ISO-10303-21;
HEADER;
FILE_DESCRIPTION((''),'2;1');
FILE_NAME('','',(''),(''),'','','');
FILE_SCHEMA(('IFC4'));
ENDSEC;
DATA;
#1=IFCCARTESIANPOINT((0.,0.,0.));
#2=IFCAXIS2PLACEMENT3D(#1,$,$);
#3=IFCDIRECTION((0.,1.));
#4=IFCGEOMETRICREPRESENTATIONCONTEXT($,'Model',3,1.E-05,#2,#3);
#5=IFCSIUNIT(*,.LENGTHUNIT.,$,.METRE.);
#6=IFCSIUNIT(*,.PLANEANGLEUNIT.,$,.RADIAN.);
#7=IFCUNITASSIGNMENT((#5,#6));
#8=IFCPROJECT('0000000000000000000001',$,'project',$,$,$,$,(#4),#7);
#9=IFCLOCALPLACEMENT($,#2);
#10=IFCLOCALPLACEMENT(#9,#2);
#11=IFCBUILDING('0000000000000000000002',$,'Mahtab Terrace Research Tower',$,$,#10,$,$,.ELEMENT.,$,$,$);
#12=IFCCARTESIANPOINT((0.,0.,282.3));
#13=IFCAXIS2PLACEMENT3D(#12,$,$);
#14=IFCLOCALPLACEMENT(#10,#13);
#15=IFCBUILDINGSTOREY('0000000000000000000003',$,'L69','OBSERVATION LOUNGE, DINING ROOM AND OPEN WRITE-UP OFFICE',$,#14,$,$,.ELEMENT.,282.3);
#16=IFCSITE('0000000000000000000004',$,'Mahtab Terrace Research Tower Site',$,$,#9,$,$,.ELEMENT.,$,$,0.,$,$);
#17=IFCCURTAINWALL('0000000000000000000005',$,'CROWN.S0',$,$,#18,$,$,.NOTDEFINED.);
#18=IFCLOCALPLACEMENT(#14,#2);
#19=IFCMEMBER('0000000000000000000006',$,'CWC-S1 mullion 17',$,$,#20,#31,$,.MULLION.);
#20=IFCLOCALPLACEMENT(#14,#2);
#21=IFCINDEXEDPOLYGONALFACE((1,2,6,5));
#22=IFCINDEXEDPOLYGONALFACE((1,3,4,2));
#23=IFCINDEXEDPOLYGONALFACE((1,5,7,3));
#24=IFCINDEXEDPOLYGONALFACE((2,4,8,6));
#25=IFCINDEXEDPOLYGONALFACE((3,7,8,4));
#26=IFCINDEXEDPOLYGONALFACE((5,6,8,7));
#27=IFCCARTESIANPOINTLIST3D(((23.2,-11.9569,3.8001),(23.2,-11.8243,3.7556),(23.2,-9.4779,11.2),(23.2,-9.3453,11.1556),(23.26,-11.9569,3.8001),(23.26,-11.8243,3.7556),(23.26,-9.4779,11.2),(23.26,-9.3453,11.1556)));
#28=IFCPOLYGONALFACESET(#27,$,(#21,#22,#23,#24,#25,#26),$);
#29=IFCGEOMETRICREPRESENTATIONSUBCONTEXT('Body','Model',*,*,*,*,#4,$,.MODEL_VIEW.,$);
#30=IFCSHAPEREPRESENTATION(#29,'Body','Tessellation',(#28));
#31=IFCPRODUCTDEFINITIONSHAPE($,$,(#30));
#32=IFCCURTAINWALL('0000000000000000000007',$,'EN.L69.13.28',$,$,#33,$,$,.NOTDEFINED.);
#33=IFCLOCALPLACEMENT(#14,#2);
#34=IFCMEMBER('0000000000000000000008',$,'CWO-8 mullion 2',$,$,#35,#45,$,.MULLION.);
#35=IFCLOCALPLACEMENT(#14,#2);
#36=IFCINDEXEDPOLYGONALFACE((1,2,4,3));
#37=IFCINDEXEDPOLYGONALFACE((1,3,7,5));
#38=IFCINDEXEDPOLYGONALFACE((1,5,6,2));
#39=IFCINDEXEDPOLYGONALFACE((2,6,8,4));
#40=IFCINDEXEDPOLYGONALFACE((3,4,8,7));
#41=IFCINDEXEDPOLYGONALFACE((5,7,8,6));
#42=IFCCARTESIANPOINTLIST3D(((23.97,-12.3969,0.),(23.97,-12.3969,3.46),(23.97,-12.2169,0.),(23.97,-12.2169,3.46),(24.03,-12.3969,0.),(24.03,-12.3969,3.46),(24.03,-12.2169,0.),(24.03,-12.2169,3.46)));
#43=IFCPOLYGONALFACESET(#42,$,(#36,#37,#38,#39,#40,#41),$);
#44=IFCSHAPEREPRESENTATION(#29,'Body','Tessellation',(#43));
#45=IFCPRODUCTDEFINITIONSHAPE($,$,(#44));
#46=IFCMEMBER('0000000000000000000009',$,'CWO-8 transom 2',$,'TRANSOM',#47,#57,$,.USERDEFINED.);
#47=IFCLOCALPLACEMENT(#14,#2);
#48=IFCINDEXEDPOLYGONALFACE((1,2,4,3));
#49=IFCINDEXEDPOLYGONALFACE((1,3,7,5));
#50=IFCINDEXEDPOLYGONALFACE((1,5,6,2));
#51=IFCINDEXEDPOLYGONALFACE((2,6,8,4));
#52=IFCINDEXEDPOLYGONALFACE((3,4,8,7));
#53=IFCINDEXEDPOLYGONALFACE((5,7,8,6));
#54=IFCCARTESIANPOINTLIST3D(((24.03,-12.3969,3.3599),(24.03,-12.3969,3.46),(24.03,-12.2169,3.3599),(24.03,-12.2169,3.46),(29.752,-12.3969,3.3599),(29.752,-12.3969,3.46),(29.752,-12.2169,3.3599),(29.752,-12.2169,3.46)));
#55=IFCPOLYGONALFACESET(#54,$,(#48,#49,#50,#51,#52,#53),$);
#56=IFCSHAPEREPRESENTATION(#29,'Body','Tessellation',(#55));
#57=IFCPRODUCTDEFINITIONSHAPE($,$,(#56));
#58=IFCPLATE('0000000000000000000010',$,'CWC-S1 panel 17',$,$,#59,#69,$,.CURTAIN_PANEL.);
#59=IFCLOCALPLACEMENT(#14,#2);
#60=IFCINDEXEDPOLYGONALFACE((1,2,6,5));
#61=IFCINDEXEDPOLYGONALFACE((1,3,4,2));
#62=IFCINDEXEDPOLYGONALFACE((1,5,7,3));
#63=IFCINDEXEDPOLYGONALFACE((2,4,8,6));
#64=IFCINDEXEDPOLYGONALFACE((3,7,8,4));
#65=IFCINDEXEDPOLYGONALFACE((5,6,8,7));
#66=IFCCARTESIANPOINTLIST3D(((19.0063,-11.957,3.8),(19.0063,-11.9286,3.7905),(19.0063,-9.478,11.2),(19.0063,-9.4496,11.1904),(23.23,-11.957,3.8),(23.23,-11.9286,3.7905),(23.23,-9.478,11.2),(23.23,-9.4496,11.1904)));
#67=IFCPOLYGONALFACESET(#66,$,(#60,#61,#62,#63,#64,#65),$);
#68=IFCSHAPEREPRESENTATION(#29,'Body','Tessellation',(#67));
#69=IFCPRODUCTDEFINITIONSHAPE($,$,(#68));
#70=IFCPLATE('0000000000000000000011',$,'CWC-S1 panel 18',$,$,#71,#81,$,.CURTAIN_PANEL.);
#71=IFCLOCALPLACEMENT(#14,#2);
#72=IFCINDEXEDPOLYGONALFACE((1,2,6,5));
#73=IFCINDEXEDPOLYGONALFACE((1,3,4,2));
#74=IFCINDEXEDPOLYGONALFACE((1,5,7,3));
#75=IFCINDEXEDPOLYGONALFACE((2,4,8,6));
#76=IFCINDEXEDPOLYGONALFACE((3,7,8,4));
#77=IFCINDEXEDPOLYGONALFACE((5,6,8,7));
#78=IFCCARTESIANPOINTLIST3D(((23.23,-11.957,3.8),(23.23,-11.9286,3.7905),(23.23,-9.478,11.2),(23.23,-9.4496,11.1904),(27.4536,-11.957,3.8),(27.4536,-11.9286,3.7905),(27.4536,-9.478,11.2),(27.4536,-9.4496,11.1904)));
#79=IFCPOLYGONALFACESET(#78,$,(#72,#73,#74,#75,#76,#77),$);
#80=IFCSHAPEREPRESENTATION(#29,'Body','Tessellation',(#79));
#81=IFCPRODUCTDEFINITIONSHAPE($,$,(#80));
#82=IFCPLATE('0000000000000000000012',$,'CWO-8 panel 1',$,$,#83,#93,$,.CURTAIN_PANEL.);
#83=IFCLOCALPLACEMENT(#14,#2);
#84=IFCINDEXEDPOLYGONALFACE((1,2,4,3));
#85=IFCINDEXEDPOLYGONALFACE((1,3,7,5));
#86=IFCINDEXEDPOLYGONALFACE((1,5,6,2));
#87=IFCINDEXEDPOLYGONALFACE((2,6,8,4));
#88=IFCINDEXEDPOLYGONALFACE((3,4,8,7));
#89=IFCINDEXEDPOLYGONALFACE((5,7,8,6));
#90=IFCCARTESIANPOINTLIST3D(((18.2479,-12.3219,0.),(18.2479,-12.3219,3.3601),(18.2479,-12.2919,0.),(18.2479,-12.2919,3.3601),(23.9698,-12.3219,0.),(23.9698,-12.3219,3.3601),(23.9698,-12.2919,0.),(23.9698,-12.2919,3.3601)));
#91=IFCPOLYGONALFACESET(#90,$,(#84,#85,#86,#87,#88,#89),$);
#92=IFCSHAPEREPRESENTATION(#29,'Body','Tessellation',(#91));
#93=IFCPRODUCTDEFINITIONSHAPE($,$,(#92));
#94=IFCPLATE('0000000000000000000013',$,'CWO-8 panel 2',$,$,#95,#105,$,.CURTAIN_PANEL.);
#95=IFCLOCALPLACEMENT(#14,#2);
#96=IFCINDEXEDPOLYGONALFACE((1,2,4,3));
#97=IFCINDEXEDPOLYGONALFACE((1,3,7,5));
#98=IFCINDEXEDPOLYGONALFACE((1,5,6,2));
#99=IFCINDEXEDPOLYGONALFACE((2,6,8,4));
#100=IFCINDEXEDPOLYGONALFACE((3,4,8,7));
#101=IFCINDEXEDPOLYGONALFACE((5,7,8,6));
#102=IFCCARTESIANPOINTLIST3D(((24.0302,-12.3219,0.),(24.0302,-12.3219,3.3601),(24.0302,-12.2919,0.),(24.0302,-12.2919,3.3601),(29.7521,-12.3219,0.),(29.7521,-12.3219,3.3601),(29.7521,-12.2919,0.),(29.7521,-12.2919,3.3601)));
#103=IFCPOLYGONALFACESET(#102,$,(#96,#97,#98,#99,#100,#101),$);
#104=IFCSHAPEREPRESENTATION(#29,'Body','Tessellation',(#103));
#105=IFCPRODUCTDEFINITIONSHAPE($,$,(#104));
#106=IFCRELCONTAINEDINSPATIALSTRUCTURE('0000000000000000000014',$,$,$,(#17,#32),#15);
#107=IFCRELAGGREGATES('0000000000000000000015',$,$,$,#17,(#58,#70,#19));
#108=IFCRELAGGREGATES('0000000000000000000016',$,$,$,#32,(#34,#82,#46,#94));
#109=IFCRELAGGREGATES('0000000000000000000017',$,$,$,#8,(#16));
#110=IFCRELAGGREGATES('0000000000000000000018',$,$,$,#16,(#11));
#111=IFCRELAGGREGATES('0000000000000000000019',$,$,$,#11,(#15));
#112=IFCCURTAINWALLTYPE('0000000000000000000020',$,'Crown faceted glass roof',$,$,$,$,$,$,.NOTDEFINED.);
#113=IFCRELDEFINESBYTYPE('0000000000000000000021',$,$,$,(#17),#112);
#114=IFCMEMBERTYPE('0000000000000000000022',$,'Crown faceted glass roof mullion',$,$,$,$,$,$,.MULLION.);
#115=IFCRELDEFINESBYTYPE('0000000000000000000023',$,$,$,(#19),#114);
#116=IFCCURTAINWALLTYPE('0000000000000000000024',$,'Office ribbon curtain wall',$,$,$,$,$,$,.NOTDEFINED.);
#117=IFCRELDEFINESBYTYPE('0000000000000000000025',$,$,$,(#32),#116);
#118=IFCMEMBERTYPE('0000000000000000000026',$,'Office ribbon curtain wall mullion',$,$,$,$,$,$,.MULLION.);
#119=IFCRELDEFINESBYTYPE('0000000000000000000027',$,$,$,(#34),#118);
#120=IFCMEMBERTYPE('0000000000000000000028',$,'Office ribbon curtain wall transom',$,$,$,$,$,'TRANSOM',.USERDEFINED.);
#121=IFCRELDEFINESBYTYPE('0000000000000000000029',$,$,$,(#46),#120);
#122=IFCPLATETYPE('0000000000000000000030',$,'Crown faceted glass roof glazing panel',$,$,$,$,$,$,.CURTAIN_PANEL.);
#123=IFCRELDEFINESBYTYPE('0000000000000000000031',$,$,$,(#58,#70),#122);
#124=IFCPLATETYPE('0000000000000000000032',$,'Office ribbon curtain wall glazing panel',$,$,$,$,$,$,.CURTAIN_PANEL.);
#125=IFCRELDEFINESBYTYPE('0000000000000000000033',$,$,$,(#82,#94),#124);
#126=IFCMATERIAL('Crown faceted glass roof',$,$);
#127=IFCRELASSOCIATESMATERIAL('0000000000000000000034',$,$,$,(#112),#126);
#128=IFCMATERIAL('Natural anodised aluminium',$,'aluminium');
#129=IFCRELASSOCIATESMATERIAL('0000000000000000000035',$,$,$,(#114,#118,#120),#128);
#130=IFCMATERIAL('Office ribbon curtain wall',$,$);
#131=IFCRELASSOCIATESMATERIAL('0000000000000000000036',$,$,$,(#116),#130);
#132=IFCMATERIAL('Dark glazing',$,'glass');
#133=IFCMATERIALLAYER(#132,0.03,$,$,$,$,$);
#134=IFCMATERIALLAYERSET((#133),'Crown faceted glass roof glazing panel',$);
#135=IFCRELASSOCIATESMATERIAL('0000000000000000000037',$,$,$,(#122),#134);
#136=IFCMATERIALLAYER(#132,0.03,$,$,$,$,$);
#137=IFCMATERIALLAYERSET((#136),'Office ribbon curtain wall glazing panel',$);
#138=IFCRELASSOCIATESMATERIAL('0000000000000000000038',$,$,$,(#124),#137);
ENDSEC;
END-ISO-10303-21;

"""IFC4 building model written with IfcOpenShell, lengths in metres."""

from ifc_helpers import new_model, si_unit, direction, frame, origin, origin_2d, place, context, subcontext, project, spatial, polyline, rectangle, outline, extrude, material, layer, layer_set, material_profile, profile_set, type_object, element, aggregate, save


model = new_model("IFC4")

# Units and contexts
model_context = context("Model", 3, precision=1e-05, world=origin(), true_north=direction((0.0, 1.0)))
body_context = subcontext(model_context, "Body", "Model", "MODEL_VIEW")
ifc_project = project(units=[si_unit("LENGTHUNIT", "METRE"), si_unit("PLANEANGLEUNIT", "RADIAN")], contexts=[model_context])

# Site, building, storey
site_placement = place(None, origin())
site = spatial("IfcSite", under=ifc_project, at=site_placement, Name="Mahtab Terrace Research Tower Site", CompositionType="ELEMENT", RefElevation=0.0)
building_placement = place(site_placement, origin())
building = spatial("IfcBuilding", under=site, at=building_placement, Name="Mahtab Terrace Research Tower", CompositionType="ELEMENT")
storey_placement = place(building_placement, frame((0.0, 0.0, 282.3)))
storey = spatial("IfcBuildingStorey", under=building, at=storey_placement, Name="L69", Description="OBSERVATION LOUNGE, DINING ROOM AND OPEN WRITE-UP OFFICE", CompositionType="ELEMENT", Elevation=282.3)

# Curtain wall, member
ifc_material_1 = material(Name="Crown faceted glass roof")
curtain_wall_type_1 = type_object("IfcCurtainWallType", Name="Crown faceted glass roof", PredefinedType="NOTDEFINED", material=ifc_material_1)
curtain_wall_1_placement = place(storey_placement, origin())
curtain_wall_1 = element("IfcCurtainWall", 1, at=curtain_wall_1_placement, inside=storey, type_object=curtain_wall_type_1, Name="CROWN.S0", PredefinedType="NOTDEFINED")
ifc_material_2 = material(Name="Natural anodised aluminium", Category="aluminium")
ifc_material_profile_1 = material_profile(ifc_material_2, rectangle(XDim=0.0601, YDim=0.1399, at=origin_2d()), Name="MULLION 60x140")
ifc_profile_set_1 = profile_set([ifc_material_profile_1], Name="Natural anodised aluminium")
member_type_1 = type_object("IfcMemberType", Name="Crown faceted glass roof mullion", PredefinedType="MULLION", material=ifc_profile_set_1)
member_1_placement = place(storey_placement, frame((23.23, -11.8906, 3.7778), z_axis=(0.0, 0.317654, 0.948207), x_axis=(-1.0, 0.0, 0.0)))
member_1 = element("IfcMember", 2, at=member_1_placement, type_object=member_type_1, Name="CWC-S1 mullion 17", PredefinedType="MULLION", context=body_context, shape_type="SweptSolid", body=[
    extrude(rectangle(XDim=0.0601, YDim=0.1399, at=origin_2d()), origin(), (0.0, 0.0, 1.0), 7.8042),
])

# Curtain wall, members
ifc_material_3 = material(Name="Office ribbon curtain wall")
curtain_wall_type_2 = type_object("IfcCurtainWallType", Name="Office ribbon curtain wall", PredefinedType="NOTDEFINED", material=ifc_material_3)
curtain_wall_2_placement = place(storey_placement, origin())
curtain_wall_2 = element("IfcCurtainWall", 3, at=curtain_wall_2_placement, inside=storey, type_object=curtain_wall_type_2, Name="EN.L69.13.28", PredefinedType="NOTDEFINED")
ifc_material_profile_2 = material_profile(ifc_material_2, rectangle(XDim=0.1799, YDim=0.0601, at=origin_2d()), Name="MULLION 60x180")
ifc_profile_set_2 = profile_set([ifc_material_profile_2], Name="Natural anodised aluminium")
member_type_2 = type_object("IfcMemberType", Name="Office ribbon curtain wall mullion", PredefinedType="MULLION", material=ifc_profile_set_2)
member_2_placement = place(storey_placement, frame((24.0, -12.3069, 0.0), z_axis=(0.0, 0.0, 1.0), x_axis=(0.0, 1.0, 0.0)))
member_2 = element("IfcMember", 4, at=member_2_placement, type_object=member_type_2, Name="CWO-8 mullion 2", PredefinedType="MULLION", context=body_context, shape_type="SweptSolid", body=[
    extrude(rectangle(XDim=0.1799, YDim=0.0601, at=origin_2d()), origin(), (0.0, 0.0, 1.0), 3.46),
])
ifc_material_profile_3 = material_profile(ifc_material_2, rectangle(XDim=0.1799, YDim=0.1001, at=origin_2d()), Name="TRANSOM 100x180")
ifc_profile_set_3 = profile_set([ifc_material_profile_3], Name="Natural anodised aluminium")
member_type_3 = type_object("IfcMemberType", Name="Office ribbon curtain wall transom", ElementType="TRANSOM", PredefinedType="USERDEFINED", material=ifc_profile_set_3)
member_3_placement = place(storey_placement, frame((24.03, -12.3069, 3.4099), z_axis=(1.0, 0.0, 0.0), x_axis=(0.0, 1.0, 0.0)))
member_3 = element("IfcMember", 5, at=member_3_placement, type_object=member_type_3, Name="CWO-8 transom 2", ObjectType="TRANSOM", PredefinedType="USERDEFINED", context=body_context, shape_type="SweptSolid", body=[
    extrude(rectangle(XDim=0.1799, YDim=0.1001, at=origin_2d()), origin(), (0.0, 0.0, 1.0), 5.7219),
])

# Plates
ifc_material_4 = material(Name="Dark glazing", Category="glass")
ifc_layer_1 = layer(ifc_material_4, 0.03)
ifc_layer_set_1 = layer_set([ifc_layer_1], Name="Crown faceted glass roof glazing panel")
plate_type_1 = type_object("IfcPlateType", Name="Crown faceted glass roof glazing panel", PredefinedType="CURTAIN_PANEL", material=ifc_layer_set_1)
plate_1_placement = place(storey_placement, frame((23.23, -11.957, 3.8), z_axis=(0.0, -0.948207, 0.317654), x_axis=(0.0, 0.317654, 0.948207)))
plate_1 = element("IfcPlate", 6, at=plate_1_placement, type_object=plate_type_1, Name="CWC-S1 panel 17", PredefinedType="CURTAIN_PANEL", context=body_context, shape_type="SweptSolid", body=[
    extrude(outline(polyline([(0.0, 0.0), (7.8041, 0.0), (7.8041, 4.2236), (0.0, 4.2236), (0.0, 0.0)])), origin(), (0.0, 0.0, -1.0), 0.03),
])
plate_2_placement = place(storey_placement, frame((27.4536, -11.957, 3.8), z_axis=(0.0, -0.948207, 0.317654), x_axis=(0.0, 0.317654, 0.948207)))
plate_2 = element("IfcPlate", 7, at=plate_2_placement, type_object=plate_type_1, Name="CWC-S1 panel 18", PredefinedType="CURTAIN_PANEL", context=body_context, shape_type="SweptSolid", body=[
    extrude(outline(polyline([(0.0, 0.0), (7.8041, 0.0), (7.8041, 4.2236), (0.0, 4.2236), (0.0, 0.0)])), origin(), (0.0, 0.0, -1.0), 0.03),
])
aggregate(curtain_wall_1, [plate_1, plate_2, member_1])
ifc_layer_2 = layer(ifc_material_4, 0.03)
ifc_layer_set_2 = layer_set([ifc_layer_2], Name="Office ribbon curtain wall glazing panel")
plate_type_2 = type_object("IfcPlateType", Name="Office ribbon curtain wall glazing panel", PredefinedType="CURTAIN_PANEL", material=ifc_layer_set_2)
plate_3_placement = place(storey_placement, frame((21.1089, -12.3069, 0.0), z_axis=(0.0, 0.0, 1.0), x_axis=(1.0, 0.0, 0.0)))
plate_3 = element("IfcPlate", 8, at=plate_3_placement, type_object=plate_type_2, Name="CWO-8 panel 1", PredefinedType="CURTAIN_PANEL", context=body_context, shape_type="SweptSolid", body=[
    extrude(rectangle(XDim=5.7219, YDim=0.03, at=origin_2d()), origin(), (0.0, 0.0, 1.0), 3.3601),
])
plate_4_placement = place(storey_placement, frame((26.8911, -12.3069, 0.0), z_axis=(0.0, 0.0, 1.0), x_axis=(1.0, 0.0, 0.0)))
plate_4 = element("IfcPlate", 9, at=plate_4_placement, type_object=plate_type_2, Name="CWO-8 panel 2", PredefinedType="CURTAIN_PANEL", context=body_context, shape_type="SweptSolid", body=[
    extrude(rectangle(XDim=5.7219, YDim=0.03, at=origin_2d()), origin(), (0.0, 0.0, 1.0), 3.3601),
])
aggregate(curtain_wall_2, [member_2, plate_3, member_3, plate_4])

save(model, "model.ifc")
